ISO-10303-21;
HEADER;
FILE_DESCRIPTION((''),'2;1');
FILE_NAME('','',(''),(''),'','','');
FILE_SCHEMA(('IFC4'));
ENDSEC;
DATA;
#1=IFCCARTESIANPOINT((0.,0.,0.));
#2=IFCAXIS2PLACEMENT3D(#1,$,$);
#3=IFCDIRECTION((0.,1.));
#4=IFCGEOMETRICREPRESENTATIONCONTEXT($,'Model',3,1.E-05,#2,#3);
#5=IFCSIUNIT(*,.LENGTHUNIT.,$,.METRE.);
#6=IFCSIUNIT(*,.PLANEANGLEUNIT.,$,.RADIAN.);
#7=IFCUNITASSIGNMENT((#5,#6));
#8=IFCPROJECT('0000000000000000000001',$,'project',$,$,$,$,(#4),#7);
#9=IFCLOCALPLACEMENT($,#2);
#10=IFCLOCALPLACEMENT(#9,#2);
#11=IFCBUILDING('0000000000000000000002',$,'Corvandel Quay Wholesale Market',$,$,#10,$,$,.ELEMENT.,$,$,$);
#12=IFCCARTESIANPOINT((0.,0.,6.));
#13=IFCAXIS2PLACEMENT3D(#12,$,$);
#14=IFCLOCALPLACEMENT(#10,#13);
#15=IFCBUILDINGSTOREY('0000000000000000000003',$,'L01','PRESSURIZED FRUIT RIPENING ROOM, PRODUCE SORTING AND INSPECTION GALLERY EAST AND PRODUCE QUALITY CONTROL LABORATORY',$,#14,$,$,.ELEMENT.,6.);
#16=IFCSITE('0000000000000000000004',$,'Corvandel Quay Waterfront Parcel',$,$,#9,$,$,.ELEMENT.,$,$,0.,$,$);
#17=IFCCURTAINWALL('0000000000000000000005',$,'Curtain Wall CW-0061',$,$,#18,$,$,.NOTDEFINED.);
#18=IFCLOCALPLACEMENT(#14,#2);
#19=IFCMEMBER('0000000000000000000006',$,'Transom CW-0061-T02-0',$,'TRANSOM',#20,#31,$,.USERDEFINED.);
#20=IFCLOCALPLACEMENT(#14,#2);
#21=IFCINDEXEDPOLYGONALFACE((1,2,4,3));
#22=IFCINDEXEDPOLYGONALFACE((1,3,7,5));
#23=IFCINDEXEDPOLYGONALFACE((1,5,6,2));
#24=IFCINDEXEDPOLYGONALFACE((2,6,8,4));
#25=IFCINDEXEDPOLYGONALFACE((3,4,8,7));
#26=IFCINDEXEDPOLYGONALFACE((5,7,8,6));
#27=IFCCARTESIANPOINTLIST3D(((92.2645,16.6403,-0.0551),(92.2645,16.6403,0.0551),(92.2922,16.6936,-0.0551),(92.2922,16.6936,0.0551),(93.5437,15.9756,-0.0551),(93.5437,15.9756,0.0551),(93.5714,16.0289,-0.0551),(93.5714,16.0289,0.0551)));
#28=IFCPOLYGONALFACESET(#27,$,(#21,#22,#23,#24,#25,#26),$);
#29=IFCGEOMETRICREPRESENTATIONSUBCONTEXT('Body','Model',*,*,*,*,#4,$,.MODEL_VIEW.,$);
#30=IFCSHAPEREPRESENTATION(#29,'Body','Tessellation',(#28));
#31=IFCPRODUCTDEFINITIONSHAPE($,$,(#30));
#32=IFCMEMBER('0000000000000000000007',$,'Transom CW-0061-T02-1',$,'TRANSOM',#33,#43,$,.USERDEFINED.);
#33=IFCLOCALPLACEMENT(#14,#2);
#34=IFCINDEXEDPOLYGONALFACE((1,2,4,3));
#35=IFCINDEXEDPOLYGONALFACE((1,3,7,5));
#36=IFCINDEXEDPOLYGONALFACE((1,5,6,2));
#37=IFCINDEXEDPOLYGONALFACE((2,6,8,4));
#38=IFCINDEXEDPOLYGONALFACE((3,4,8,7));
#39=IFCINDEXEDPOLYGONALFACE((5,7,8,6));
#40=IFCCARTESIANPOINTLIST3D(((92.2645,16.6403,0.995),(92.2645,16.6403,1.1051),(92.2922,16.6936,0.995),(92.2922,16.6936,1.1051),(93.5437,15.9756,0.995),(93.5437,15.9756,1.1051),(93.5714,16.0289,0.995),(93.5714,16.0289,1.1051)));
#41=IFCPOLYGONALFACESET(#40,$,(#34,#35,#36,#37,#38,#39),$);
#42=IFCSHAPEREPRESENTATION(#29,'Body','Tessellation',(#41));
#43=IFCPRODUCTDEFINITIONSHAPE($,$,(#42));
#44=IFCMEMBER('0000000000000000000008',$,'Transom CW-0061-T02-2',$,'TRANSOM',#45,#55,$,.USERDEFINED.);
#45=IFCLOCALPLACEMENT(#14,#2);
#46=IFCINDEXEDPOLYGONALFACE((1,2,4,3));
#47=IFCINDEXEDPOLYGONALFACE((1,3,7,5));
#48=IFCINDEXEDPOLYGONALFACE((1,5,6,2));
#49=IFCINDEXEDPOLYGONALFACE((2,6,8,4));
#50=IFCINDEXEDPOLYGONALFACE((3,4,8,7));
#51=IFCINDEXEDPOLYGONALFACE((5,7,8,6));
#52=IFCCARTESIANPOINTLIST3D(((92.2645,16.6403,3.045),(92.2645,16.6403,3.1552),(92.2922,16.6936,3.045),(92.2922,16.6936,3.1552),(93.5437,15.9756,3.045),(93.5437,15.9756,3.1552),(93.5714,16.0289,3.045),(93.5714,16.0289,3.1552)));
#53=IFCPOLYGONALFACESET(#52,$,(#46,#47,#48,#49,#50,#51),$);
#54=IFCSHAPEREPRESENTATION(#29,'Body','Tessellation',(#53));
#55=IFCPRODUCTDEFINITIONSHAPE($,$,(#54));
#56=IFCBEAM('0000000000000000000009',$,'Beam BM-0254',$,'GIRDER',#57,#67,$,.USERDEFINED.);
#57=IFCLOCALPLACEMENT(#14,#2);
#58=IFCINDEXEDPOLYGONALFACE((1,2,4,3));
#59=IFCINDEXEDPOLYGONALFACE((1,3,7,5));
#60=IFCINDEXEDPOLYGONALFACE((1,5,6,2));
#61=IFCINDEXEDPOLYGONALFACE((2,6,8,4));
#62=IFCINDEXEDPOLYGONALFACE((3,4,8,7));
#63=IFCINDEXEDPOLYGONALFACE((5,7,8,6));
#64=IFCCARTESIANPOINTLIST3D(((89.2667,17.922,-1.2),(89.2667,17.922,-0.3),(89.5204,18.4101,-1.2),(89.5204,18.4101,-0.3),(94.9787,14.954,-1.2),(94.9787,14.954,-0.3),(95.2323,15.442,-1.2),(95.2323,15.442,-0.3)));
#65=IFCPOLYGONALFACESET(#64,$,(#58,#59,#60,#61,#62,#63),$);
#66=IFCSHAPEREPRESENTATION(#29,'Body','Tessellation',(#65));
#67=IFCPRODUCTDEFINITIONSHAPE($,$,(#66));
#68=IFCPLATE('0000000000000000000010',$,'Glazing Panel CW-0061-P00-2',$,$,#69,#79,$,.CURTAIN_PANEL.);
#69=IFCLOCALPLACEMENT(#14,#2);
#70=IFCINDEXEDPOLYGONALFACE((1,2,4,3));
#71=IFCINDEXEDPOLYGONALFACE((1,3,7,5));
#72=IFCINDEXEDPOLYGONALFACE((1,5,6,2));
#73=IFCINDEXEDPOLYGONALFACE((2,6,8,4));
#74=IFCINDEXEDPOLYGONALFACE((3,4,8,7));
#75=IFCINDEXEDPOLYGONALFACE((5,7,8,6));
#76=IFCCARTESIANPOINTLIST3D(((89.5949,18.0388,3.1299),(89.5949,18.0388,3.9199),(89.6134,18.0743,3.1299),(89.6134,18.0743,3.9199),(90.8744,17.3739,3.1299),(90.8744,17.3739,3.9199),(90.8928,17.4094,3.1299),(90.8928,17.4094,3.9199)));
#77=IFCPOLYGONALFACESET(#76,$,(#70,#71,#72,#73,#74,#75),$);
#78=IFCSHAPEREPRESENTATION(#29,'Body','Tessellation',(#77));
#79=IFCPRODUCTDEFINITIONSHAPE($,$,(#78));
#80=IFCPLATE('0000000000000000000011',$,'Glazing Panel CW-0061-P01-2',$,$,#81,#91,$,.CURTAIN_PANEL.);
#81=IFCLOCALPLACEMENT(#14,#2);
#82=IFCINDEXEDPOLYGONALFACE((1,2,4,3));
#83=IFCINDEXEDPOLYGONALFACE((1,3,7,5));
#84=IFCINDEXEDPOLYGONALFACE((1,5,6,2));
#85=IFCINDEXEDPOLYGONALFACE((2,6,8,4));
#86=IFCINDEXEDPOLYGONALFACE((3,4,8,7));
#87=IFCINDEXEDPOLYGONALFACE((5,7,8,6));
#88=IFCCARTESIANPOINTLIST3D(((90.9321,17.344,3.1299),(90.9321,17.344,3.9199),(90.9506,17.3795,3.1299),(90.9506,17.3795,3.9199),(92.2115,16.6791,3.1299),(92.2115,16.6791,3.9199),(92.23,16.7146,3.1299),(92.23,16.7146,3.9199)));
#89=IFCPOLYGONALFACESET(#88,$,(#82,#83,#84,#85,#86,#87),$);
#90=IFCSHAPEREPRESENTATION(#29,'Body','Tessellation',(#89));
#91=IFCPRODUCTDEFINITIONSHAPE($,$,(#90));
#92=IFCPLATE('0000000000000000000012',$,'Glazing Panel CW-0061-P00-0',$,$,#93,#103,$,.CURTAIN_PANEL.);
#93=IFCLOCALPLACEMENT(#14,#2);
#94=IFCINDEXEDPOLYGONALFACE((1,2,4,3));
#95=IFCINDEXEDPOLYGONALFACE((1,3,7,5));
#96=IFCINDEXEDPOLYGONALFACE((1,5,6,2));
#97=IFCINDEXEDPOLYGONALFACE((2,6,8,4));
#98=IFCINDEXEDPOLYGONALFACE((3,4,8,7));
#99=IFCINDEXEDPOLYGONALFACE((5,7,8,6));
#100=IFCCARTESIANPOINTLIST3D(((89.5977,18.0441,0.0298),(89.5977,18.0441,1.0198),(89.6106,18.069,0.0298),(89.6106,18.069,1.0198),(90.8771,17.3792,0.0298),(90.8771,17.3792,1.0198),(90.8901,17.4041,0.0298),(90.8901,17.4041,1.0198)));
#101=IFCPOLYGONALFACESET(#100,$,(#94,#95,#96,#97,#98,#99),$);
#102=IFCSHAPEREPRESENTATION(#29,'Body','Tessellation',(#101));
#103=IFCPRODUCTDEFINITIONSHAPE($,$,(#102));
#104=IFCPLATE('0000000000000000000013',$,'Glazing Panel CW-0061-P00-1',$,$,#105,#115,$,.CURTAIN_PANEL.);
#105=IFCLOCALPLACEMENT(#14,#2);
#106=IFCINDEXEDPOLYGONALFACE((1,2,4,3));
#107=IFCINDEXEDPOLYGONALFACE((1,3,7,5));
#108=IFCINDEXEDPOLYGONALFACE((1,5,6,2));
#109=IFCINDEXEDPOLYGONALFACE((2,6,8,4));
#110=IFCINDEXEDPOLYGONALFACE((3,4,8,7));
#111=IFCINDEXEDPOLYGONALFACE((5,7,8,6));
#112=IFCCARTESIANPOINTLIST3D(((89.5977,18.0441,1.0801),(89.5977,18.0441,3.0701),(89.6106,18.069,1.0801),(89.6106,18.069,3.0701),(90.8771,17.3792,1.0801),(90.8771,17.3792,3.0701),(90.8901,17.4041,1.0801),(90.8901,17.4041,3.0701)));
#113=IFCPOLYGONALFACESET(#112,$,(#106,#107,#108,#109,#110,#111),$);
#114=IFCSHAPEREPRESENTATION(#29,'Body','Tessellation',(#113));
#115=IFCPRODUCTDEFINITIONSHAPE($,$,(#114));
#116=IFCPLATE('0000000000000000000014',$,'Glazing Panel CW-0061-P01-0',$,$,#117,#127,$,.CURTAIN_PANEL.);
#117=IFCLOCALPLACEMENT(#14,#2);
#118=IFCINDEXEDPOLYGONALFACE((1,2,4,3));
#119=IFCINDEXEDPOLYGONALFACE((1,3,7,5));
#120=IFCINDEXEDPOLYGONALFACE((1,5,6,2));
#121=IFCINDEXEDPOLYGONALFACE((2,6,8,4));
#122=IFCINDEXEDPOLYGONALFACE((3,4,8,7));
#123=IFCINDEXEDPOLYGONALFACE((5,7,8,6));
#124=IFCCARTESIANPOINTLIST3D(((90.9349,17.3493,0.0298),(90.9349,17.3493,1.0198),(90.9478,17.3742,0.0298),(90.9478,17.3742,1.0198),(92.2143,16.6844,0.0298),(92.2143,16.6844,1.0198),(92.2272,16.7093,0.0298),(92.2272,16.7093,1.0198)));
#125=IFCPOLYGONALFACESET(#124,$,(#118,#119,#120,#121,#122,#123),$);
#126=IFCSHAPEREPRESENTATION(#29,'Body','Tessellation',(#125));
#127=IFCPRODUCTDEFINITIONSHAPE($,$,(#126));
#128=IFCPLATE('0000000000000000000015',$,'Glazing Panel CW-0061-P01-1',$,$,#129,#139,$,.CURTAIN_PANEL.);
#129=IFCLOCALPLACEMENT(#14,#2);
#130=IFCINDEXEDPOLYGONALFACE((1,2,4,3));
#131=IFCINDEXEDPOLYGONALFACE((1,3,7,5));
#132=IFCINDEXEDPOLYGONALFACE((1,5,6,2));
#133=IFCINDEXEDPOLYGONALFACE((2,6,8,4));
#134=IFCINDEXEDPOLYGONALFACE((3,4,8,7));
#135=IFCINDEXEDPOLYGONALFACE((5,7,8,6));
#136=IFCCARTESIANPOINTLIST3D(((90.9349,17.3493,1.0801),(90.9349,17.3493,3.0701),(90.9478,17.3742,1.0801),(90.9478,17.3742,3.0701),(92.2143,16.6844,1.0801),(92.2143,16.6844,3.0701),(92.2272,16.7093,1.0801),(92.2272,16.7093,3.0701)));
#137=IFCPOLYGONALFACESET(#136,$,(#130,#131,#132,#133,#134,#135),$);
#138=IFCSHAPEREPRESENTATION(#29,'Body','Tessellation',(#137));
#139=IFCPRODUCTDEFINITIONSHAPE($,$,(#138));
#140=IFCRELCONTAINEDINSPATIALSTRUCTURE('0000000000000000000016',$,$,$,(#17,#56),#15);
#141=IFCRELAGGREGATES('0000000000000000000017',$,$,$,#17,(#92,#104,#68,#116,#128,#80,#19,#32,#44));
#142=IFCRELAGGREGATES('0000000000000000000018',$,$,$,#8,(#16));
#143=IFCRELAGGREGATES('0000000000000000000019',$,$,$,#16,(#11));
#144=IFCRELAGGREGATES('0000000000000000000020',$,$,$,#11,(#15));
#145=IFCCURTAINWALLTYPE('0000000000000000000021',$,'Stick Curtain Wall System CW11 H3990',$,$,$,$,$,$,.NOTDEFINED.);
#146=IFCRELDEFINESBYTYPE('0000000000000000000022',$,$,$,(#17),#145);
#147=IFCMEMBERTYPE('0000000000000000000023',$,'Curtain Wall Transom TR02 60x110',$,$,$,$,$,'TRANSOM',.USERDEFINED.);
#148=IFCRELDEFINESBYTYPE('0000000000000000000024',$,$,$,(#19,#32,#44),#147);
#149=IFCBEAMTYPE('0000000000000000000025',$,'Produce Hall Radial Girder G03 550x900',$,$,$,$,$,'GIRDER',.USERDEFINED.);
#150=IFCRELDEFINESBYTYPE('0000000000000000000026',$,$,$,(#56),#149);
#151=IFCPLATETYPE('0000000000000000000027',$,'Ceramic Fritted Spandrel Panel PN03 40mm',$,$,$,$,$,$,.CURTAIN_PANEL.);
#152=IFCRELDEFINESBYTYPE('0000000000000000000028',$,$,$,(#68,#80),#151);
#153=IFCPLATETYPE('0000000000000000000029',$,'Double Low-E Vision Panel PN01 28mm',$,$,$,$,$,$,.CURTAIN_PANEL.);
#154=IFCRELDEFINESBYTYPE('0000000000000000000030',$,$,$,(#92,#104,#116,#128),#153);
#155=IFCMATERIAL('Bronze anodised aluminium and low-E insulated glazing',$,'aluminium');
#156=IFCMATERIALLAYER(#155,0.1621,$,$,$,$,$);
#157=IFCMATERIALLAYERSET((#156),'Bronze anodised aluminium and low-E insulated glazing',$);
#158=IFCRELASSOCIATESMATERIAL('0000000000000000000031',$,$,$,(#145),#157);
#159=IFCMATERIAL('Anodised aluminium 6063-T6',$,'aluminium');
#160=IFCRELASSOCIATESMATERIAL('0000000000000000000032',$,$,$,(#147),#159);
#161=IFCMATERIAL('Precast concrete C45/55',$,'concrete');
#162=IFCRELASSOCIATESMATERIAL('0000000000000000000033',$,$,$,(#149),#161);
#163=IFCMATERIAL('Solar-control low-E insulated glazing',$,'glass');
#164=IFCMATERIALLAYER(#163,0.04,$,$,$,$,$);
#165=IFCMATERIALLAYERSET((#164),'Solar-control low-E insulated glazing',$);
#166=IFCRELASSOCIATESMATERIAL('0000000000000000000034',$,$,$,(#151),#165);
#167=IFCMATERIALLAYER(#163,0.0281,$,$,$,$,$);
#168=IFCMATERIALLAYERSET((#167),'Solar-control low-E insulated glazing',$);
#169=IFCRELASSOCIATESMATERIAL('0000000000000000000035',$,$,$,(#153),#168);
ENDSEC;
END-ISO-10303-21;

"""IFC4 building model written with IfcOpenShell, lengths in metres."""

from ifc_helpers import new_model, si_unit, direction, frame, origin, origin_2d, place, context, subcontext, project, spatial, rectangle, extrude, material, layer, layer_set, material_profile, profile_set, type_object, element, aggregate, save


model = new_model("IFC4")

# Units and contexts
model_context = context("Model", 3, precision=1e-05, world=origin(), true_north=direction((0.0, 1.0)))
body_context = subcontext(model_context, "Body", "Model", "MODEL_VIEW")
ifc_project = project(units=[si_unit("LENGTHUNIT", "METRE"), si_unit("PLANEANGLEUNIT", "RADIAN")], contexts=[model_context])

# Site, building, storey
site_placement = place(None, origin())
site = spatial("IfcSite", under=ifc_project, at=site_placement, Name="Corvandel Quay Waterfront Parcel", CompositionType="ELEMENT", RefElevation=0.0)
building_placement = place(site_placement, origin())
building = spatial("IfcBuilding", under=site, at=building_placement, Name="Corvandel Quay Wholesale Market", CompositionType="ELEMENT")
storey_placement = place(building_placement, frame((0.0, 0.0, 6.0)))
storey = spatial("IfcBuildingStorey", under=building, at=storey_placement, Name="L01", Description="PRESSURIZED FRUIT RIPENING ROOM, PRODUCE SORTING AND INSPECTION GALLERY EAST AND PRODUCE QUALITY CONTROL LABORATORY", CompositionType="ELEMENT", Elevation=6.0)

# Shared definitions
ifc_material_1 = material(Name="Precast concrete C45/55", Category="concrete")

# Curtain wall, members
ifc_material_2 = material(Name="Bronze anodised aluminium and low-E insulated glazing", Category="aluminium")
ifc_layer_1 = layer(ifc_material_2, 0.1621)
ifc_layer_set_1 = layer_set([ifc_layer_1], Name="Bronze anodised aluminium and low-E insulated glazing")
curtain_wall_type = type_object("IfcCurtainWallType", Name="Stick Curtain Wall System CW11 H3990", PredefinedType="NOTDEFINED", material=ifc_layer_set_1)
curtain_wall_placement = place(storey_placement, origin())
curtain_wall = element("IfcCurtainWall", 1, at=curtain_wall_placement, inside=storey, type_object=curtain_wall_type, Name="Curtain Wall CW-0061", PredefinedType="NOTDEFINED")
ifc_material_3 = material(Name="Anodised aluminium 6063-T6", Category="aluminium")
ifc_material_profile_1 = material_profile(ifc_material_3, rectangle(XDim=0.0601, YDim=0.1101, at=origin_2d()), Name="ALU-TRN-60x110")
ifc_profile_set_1 = profile_set([ifc_material_profile_1], Name="Anodised aluminium 6063-T6")
member_type_1 = type_object("IfcMemberType", Name="Curtain Wall Transom TR02 60x110", ElementType="TRANSOM", PredefinedType="USERDEFINED", material=ifc_profile_set_1)
member_1_placement = place(storey_placement, frame((92.2783, 16.667, 0.0), z_axis=(0.887342, -0.461113, 0.0), x_axis=(0.461113, 0.887342, 0.0)))
member_1 = element("IfcMember", 2, at=member_1_placement, type_object=member_type_1, Name="Transom CW-0061-T02-0", ObjectType="TRANSOM", PredefinedType="USERDEFINED", context=body_context, shape_type="SweptSolid", body=[
    extrude(rectangle(XDim=0.0601, YDim=0.1101, at=origin_2d()), origin(), (0.0, 0.0, 1.0), 1.4417),
])
member_2_placement = place(storey_placement, frame((92.2783, 16.667, 1.05), z_axis=(0.887342, -0.461113, 0.0), x_axis=(0.461113, 0.887342, 0.0)))
member_2 = element("IfcMember", 3, at=member_2_placement, type_object=member_type_1, Name="Transom CW-0061-T02-1", ObjectType="TRANSOM", PredefinedType="USERDEFINED", context=body_context, shape_type="SweptSolid", body=[
    extrude(rectangle(XDim=0.0601, YDim=0.1101, at=origin_2d()), origin(), (0.0, 0.0, 1.0), 1.4417),
])
member_3_placement = place(storey_placement, frame((92.2783, 16.667, 3.1001), z_axis=(0.887342, -0.461113, 0.0), x_axis=(0.461113, 0.887342, 0.0)))
member_3 = element("IfcMember", 4, at=member_3_placement, type_object=member_type_1, Name="Transom CW-0061-T02-2", ObjectType="TRANSOM", PredefinedType="USERDEFINED", context=body_context, shape_type="SweptSolid", body=[
    extrude(rectangle(XDim=0.0601, YDim=0.1101, at=origin_2d()), origin(), (0.0, 0.0, 1.0), 1.4417),
])

# Beam
ifc_material_profile_2 = material_profile(ifc_material_1, rectangle(XDim=0.55, YDim=0.8999, at=origin_2d()), Name="PC-GIR-550x900")
ifc_profile_set_2 = profile_set([ifc_material_profile_2], Name="Precast concrete C45/55")
beam_type = type_object("IfcBeamType", Name="Produce Hall Radial Girder G03 550x900", ElementType="GIRDER", PredefinedType="USERDEFINED", material=ifc_profile_set_2)
beam_placement = place(storey_placement, frame((89.3936, 18.166, -0.75), z_axis=(0.887355, -0.461086, 0.0), x_axis=(0.461086, 0.887355, 0.0)))
element("IfcBeam", 5, at=beam_placement, inside=storey, type_object=beam_type, Name="Beam BM-0254", ObjectType="GIRDER", PredefinedType="USERDEFINED", context=body_context, shape_type="SweptSolid", body=[
    extrude(rectangle(XDim=0.55, YDim=0.8999, at=origin_2d()), origin(), (0.0, 0.0, 1.0), 6.437),
])

# Plates
ifc_material_4 = material(Name="Solar-control low-E insulated glazing", Category="glass")
ifc_layer_2 = layer(ifc_material_4, 0.04)
ifc_layer_set_2 = layer_set([ifc_layer_2], Name="Solar-control low-E insulated glazing")
plate_type_1 = type_object("IfcPlateType", Name="Ceramic Fritted Spandrel Panel PN03 40mm", PredefinedType="CURTAIN_PANEL", material=ifc_layer_set_2)
plate_1_placement = place(storey_placement, frame((90.2439, 17.7241, 3.1299), z_axis=(0.0, 0.0, 1.0), x_axis=(-0.887333, 0.461129, 0.0)))
plate_1 = element("IfcPlate", 6, at=plate_1_placement, type_object=plate_type_1, Name="Glazing Panel CW-0061-P00-2", PredefinedType="CURTAIN_PANEL", context=body_context, shape_type="SweptSolid", body=[
    extrude(rectangle(XDim=1.4419, YDim=0.04, at=origin_2d()), origin(), (0.0, 0.0, 1.0), 0.79),
])
plate_2_placement = place(storey_placement, frame((91.5811, 17.0293, 3.1299), z_axis=(0.0, 0.0, 1.0), x_axis=(-0.887333, 0.461129, 0.0)))
plate_2 = element("IfcPlate", 7, at=plate_2_placement, type_object=plate_type_1, Name="Glazing Panel CW-0061-P01-2", PredefinedType="CURTAIN_PANEL", context=body_context, shape_type="SweptSolid", body=[
    extrude(rectangle(XDim=1.4419, YDim=0.04, at=origin_2d()), origin(), (0.0, 0.0, 1.0), 0.79),
])
ifc_layer_3 = layer(ifc_material_4, 0.0281)
ifc_layer_set_3 = layer_set([ifc_layer_3], Name="Solar-control low-E insulated glazing")
plate_type_2 = type_object("IfcPlateType", Name="Double Low-E Vision Panel PN01 28mm", PredefinedType="CURTAIN_PANEL", material=ifc_layer_set_3)
plate_3_placement = place(storey_placement, frame((90.2439, 17.7241, 0.0298), z_axis=(0.0, 0.0, 1.0), x_axis=(-0.887333, 0.461129, 0.0)))
plate_3 = element("IfcPlate", 8, at=plate_3_placement, type_object=plate_type_2, Name="Glazing Panel CW-0061-P00-0", PredefinedType="CURTAIN_PANEL", context=body_context, shape_type="SweptSolid", body=[
    extrude(rectangle(XDim=1.4419, YDim=0.0281, at=origin_2d()), origin(), (0.0, 0.0, 1.0), 0.99),
])
plate_4_placement = place(storey_placement, frame((90.2439, 17.7241, 1.0801), z_axis=(0.0, 0.0, 1.0), x_axis=(-0.887333, 0.461129, 0.0)))
plate_4 = element("IfcPlate", 9, at=plate_4_placement, type_object=plate_type_2, Name="Glazing Panel CW-0061-P00-1", PredefinedType="CURTAIN_PANEL", context=body_context, shape_type="SweptSolid", body=[
    extrude(rectangle(XDim=1.4419, YDim=0.0281, at=origin_2d()), origin(), (0.0, 0.0, 1.0), 1.99),
])
plate_5_placement = place(storey_placement, frame((91.5811, 17.0293, 0.0298), z_axis=(0.0, 0.0, 1.0), x_axis=(-0.887333, 0.461129, 0.0)))
plate_5 = element("IfcPlate", 10, at=plate_5_placement, type_object=plate_type_2, Name="Glazing Panel CW-0061-P01-0", PredefinedType="CURTAIN_PANEL", context=body_context, shape_type="SweptSolid", body=[
    extrude(rectangle(XDim=1.4419, YDim=0.0281, at=origin_2d()), origin(), (0.0, 0.0, 1.0), 0.99),
])
plate_6_placement = place(storey_placement, frame((91.5811, 17.0293, 1.0801), z_axis=(0.0, 0.0, 1.0), x_axis=(-0.887333, 0.461129, 0.0)))
plate_6 = element("IfcPlate", 11, at=plate_6_placement, type_object=plate_type_2, Name="Glazing Panel CW-0061-P01-1", PredefinedType="CURTAIN_PANEL", context=body_context, shape_type="SweptSolid", body=[
    extrude(rectangle(XDim=1.4419, YDim=0.0281, at=origin_2d()), origin(), (0.0, 0.0, 1.0), 1.99),
])
aggregate(curtain_wall, [plate_3, plate_4, plate_1, plate_5, plate_6, plate_2, member_1, member_2, member_3])

save(model, "model.ifc")
